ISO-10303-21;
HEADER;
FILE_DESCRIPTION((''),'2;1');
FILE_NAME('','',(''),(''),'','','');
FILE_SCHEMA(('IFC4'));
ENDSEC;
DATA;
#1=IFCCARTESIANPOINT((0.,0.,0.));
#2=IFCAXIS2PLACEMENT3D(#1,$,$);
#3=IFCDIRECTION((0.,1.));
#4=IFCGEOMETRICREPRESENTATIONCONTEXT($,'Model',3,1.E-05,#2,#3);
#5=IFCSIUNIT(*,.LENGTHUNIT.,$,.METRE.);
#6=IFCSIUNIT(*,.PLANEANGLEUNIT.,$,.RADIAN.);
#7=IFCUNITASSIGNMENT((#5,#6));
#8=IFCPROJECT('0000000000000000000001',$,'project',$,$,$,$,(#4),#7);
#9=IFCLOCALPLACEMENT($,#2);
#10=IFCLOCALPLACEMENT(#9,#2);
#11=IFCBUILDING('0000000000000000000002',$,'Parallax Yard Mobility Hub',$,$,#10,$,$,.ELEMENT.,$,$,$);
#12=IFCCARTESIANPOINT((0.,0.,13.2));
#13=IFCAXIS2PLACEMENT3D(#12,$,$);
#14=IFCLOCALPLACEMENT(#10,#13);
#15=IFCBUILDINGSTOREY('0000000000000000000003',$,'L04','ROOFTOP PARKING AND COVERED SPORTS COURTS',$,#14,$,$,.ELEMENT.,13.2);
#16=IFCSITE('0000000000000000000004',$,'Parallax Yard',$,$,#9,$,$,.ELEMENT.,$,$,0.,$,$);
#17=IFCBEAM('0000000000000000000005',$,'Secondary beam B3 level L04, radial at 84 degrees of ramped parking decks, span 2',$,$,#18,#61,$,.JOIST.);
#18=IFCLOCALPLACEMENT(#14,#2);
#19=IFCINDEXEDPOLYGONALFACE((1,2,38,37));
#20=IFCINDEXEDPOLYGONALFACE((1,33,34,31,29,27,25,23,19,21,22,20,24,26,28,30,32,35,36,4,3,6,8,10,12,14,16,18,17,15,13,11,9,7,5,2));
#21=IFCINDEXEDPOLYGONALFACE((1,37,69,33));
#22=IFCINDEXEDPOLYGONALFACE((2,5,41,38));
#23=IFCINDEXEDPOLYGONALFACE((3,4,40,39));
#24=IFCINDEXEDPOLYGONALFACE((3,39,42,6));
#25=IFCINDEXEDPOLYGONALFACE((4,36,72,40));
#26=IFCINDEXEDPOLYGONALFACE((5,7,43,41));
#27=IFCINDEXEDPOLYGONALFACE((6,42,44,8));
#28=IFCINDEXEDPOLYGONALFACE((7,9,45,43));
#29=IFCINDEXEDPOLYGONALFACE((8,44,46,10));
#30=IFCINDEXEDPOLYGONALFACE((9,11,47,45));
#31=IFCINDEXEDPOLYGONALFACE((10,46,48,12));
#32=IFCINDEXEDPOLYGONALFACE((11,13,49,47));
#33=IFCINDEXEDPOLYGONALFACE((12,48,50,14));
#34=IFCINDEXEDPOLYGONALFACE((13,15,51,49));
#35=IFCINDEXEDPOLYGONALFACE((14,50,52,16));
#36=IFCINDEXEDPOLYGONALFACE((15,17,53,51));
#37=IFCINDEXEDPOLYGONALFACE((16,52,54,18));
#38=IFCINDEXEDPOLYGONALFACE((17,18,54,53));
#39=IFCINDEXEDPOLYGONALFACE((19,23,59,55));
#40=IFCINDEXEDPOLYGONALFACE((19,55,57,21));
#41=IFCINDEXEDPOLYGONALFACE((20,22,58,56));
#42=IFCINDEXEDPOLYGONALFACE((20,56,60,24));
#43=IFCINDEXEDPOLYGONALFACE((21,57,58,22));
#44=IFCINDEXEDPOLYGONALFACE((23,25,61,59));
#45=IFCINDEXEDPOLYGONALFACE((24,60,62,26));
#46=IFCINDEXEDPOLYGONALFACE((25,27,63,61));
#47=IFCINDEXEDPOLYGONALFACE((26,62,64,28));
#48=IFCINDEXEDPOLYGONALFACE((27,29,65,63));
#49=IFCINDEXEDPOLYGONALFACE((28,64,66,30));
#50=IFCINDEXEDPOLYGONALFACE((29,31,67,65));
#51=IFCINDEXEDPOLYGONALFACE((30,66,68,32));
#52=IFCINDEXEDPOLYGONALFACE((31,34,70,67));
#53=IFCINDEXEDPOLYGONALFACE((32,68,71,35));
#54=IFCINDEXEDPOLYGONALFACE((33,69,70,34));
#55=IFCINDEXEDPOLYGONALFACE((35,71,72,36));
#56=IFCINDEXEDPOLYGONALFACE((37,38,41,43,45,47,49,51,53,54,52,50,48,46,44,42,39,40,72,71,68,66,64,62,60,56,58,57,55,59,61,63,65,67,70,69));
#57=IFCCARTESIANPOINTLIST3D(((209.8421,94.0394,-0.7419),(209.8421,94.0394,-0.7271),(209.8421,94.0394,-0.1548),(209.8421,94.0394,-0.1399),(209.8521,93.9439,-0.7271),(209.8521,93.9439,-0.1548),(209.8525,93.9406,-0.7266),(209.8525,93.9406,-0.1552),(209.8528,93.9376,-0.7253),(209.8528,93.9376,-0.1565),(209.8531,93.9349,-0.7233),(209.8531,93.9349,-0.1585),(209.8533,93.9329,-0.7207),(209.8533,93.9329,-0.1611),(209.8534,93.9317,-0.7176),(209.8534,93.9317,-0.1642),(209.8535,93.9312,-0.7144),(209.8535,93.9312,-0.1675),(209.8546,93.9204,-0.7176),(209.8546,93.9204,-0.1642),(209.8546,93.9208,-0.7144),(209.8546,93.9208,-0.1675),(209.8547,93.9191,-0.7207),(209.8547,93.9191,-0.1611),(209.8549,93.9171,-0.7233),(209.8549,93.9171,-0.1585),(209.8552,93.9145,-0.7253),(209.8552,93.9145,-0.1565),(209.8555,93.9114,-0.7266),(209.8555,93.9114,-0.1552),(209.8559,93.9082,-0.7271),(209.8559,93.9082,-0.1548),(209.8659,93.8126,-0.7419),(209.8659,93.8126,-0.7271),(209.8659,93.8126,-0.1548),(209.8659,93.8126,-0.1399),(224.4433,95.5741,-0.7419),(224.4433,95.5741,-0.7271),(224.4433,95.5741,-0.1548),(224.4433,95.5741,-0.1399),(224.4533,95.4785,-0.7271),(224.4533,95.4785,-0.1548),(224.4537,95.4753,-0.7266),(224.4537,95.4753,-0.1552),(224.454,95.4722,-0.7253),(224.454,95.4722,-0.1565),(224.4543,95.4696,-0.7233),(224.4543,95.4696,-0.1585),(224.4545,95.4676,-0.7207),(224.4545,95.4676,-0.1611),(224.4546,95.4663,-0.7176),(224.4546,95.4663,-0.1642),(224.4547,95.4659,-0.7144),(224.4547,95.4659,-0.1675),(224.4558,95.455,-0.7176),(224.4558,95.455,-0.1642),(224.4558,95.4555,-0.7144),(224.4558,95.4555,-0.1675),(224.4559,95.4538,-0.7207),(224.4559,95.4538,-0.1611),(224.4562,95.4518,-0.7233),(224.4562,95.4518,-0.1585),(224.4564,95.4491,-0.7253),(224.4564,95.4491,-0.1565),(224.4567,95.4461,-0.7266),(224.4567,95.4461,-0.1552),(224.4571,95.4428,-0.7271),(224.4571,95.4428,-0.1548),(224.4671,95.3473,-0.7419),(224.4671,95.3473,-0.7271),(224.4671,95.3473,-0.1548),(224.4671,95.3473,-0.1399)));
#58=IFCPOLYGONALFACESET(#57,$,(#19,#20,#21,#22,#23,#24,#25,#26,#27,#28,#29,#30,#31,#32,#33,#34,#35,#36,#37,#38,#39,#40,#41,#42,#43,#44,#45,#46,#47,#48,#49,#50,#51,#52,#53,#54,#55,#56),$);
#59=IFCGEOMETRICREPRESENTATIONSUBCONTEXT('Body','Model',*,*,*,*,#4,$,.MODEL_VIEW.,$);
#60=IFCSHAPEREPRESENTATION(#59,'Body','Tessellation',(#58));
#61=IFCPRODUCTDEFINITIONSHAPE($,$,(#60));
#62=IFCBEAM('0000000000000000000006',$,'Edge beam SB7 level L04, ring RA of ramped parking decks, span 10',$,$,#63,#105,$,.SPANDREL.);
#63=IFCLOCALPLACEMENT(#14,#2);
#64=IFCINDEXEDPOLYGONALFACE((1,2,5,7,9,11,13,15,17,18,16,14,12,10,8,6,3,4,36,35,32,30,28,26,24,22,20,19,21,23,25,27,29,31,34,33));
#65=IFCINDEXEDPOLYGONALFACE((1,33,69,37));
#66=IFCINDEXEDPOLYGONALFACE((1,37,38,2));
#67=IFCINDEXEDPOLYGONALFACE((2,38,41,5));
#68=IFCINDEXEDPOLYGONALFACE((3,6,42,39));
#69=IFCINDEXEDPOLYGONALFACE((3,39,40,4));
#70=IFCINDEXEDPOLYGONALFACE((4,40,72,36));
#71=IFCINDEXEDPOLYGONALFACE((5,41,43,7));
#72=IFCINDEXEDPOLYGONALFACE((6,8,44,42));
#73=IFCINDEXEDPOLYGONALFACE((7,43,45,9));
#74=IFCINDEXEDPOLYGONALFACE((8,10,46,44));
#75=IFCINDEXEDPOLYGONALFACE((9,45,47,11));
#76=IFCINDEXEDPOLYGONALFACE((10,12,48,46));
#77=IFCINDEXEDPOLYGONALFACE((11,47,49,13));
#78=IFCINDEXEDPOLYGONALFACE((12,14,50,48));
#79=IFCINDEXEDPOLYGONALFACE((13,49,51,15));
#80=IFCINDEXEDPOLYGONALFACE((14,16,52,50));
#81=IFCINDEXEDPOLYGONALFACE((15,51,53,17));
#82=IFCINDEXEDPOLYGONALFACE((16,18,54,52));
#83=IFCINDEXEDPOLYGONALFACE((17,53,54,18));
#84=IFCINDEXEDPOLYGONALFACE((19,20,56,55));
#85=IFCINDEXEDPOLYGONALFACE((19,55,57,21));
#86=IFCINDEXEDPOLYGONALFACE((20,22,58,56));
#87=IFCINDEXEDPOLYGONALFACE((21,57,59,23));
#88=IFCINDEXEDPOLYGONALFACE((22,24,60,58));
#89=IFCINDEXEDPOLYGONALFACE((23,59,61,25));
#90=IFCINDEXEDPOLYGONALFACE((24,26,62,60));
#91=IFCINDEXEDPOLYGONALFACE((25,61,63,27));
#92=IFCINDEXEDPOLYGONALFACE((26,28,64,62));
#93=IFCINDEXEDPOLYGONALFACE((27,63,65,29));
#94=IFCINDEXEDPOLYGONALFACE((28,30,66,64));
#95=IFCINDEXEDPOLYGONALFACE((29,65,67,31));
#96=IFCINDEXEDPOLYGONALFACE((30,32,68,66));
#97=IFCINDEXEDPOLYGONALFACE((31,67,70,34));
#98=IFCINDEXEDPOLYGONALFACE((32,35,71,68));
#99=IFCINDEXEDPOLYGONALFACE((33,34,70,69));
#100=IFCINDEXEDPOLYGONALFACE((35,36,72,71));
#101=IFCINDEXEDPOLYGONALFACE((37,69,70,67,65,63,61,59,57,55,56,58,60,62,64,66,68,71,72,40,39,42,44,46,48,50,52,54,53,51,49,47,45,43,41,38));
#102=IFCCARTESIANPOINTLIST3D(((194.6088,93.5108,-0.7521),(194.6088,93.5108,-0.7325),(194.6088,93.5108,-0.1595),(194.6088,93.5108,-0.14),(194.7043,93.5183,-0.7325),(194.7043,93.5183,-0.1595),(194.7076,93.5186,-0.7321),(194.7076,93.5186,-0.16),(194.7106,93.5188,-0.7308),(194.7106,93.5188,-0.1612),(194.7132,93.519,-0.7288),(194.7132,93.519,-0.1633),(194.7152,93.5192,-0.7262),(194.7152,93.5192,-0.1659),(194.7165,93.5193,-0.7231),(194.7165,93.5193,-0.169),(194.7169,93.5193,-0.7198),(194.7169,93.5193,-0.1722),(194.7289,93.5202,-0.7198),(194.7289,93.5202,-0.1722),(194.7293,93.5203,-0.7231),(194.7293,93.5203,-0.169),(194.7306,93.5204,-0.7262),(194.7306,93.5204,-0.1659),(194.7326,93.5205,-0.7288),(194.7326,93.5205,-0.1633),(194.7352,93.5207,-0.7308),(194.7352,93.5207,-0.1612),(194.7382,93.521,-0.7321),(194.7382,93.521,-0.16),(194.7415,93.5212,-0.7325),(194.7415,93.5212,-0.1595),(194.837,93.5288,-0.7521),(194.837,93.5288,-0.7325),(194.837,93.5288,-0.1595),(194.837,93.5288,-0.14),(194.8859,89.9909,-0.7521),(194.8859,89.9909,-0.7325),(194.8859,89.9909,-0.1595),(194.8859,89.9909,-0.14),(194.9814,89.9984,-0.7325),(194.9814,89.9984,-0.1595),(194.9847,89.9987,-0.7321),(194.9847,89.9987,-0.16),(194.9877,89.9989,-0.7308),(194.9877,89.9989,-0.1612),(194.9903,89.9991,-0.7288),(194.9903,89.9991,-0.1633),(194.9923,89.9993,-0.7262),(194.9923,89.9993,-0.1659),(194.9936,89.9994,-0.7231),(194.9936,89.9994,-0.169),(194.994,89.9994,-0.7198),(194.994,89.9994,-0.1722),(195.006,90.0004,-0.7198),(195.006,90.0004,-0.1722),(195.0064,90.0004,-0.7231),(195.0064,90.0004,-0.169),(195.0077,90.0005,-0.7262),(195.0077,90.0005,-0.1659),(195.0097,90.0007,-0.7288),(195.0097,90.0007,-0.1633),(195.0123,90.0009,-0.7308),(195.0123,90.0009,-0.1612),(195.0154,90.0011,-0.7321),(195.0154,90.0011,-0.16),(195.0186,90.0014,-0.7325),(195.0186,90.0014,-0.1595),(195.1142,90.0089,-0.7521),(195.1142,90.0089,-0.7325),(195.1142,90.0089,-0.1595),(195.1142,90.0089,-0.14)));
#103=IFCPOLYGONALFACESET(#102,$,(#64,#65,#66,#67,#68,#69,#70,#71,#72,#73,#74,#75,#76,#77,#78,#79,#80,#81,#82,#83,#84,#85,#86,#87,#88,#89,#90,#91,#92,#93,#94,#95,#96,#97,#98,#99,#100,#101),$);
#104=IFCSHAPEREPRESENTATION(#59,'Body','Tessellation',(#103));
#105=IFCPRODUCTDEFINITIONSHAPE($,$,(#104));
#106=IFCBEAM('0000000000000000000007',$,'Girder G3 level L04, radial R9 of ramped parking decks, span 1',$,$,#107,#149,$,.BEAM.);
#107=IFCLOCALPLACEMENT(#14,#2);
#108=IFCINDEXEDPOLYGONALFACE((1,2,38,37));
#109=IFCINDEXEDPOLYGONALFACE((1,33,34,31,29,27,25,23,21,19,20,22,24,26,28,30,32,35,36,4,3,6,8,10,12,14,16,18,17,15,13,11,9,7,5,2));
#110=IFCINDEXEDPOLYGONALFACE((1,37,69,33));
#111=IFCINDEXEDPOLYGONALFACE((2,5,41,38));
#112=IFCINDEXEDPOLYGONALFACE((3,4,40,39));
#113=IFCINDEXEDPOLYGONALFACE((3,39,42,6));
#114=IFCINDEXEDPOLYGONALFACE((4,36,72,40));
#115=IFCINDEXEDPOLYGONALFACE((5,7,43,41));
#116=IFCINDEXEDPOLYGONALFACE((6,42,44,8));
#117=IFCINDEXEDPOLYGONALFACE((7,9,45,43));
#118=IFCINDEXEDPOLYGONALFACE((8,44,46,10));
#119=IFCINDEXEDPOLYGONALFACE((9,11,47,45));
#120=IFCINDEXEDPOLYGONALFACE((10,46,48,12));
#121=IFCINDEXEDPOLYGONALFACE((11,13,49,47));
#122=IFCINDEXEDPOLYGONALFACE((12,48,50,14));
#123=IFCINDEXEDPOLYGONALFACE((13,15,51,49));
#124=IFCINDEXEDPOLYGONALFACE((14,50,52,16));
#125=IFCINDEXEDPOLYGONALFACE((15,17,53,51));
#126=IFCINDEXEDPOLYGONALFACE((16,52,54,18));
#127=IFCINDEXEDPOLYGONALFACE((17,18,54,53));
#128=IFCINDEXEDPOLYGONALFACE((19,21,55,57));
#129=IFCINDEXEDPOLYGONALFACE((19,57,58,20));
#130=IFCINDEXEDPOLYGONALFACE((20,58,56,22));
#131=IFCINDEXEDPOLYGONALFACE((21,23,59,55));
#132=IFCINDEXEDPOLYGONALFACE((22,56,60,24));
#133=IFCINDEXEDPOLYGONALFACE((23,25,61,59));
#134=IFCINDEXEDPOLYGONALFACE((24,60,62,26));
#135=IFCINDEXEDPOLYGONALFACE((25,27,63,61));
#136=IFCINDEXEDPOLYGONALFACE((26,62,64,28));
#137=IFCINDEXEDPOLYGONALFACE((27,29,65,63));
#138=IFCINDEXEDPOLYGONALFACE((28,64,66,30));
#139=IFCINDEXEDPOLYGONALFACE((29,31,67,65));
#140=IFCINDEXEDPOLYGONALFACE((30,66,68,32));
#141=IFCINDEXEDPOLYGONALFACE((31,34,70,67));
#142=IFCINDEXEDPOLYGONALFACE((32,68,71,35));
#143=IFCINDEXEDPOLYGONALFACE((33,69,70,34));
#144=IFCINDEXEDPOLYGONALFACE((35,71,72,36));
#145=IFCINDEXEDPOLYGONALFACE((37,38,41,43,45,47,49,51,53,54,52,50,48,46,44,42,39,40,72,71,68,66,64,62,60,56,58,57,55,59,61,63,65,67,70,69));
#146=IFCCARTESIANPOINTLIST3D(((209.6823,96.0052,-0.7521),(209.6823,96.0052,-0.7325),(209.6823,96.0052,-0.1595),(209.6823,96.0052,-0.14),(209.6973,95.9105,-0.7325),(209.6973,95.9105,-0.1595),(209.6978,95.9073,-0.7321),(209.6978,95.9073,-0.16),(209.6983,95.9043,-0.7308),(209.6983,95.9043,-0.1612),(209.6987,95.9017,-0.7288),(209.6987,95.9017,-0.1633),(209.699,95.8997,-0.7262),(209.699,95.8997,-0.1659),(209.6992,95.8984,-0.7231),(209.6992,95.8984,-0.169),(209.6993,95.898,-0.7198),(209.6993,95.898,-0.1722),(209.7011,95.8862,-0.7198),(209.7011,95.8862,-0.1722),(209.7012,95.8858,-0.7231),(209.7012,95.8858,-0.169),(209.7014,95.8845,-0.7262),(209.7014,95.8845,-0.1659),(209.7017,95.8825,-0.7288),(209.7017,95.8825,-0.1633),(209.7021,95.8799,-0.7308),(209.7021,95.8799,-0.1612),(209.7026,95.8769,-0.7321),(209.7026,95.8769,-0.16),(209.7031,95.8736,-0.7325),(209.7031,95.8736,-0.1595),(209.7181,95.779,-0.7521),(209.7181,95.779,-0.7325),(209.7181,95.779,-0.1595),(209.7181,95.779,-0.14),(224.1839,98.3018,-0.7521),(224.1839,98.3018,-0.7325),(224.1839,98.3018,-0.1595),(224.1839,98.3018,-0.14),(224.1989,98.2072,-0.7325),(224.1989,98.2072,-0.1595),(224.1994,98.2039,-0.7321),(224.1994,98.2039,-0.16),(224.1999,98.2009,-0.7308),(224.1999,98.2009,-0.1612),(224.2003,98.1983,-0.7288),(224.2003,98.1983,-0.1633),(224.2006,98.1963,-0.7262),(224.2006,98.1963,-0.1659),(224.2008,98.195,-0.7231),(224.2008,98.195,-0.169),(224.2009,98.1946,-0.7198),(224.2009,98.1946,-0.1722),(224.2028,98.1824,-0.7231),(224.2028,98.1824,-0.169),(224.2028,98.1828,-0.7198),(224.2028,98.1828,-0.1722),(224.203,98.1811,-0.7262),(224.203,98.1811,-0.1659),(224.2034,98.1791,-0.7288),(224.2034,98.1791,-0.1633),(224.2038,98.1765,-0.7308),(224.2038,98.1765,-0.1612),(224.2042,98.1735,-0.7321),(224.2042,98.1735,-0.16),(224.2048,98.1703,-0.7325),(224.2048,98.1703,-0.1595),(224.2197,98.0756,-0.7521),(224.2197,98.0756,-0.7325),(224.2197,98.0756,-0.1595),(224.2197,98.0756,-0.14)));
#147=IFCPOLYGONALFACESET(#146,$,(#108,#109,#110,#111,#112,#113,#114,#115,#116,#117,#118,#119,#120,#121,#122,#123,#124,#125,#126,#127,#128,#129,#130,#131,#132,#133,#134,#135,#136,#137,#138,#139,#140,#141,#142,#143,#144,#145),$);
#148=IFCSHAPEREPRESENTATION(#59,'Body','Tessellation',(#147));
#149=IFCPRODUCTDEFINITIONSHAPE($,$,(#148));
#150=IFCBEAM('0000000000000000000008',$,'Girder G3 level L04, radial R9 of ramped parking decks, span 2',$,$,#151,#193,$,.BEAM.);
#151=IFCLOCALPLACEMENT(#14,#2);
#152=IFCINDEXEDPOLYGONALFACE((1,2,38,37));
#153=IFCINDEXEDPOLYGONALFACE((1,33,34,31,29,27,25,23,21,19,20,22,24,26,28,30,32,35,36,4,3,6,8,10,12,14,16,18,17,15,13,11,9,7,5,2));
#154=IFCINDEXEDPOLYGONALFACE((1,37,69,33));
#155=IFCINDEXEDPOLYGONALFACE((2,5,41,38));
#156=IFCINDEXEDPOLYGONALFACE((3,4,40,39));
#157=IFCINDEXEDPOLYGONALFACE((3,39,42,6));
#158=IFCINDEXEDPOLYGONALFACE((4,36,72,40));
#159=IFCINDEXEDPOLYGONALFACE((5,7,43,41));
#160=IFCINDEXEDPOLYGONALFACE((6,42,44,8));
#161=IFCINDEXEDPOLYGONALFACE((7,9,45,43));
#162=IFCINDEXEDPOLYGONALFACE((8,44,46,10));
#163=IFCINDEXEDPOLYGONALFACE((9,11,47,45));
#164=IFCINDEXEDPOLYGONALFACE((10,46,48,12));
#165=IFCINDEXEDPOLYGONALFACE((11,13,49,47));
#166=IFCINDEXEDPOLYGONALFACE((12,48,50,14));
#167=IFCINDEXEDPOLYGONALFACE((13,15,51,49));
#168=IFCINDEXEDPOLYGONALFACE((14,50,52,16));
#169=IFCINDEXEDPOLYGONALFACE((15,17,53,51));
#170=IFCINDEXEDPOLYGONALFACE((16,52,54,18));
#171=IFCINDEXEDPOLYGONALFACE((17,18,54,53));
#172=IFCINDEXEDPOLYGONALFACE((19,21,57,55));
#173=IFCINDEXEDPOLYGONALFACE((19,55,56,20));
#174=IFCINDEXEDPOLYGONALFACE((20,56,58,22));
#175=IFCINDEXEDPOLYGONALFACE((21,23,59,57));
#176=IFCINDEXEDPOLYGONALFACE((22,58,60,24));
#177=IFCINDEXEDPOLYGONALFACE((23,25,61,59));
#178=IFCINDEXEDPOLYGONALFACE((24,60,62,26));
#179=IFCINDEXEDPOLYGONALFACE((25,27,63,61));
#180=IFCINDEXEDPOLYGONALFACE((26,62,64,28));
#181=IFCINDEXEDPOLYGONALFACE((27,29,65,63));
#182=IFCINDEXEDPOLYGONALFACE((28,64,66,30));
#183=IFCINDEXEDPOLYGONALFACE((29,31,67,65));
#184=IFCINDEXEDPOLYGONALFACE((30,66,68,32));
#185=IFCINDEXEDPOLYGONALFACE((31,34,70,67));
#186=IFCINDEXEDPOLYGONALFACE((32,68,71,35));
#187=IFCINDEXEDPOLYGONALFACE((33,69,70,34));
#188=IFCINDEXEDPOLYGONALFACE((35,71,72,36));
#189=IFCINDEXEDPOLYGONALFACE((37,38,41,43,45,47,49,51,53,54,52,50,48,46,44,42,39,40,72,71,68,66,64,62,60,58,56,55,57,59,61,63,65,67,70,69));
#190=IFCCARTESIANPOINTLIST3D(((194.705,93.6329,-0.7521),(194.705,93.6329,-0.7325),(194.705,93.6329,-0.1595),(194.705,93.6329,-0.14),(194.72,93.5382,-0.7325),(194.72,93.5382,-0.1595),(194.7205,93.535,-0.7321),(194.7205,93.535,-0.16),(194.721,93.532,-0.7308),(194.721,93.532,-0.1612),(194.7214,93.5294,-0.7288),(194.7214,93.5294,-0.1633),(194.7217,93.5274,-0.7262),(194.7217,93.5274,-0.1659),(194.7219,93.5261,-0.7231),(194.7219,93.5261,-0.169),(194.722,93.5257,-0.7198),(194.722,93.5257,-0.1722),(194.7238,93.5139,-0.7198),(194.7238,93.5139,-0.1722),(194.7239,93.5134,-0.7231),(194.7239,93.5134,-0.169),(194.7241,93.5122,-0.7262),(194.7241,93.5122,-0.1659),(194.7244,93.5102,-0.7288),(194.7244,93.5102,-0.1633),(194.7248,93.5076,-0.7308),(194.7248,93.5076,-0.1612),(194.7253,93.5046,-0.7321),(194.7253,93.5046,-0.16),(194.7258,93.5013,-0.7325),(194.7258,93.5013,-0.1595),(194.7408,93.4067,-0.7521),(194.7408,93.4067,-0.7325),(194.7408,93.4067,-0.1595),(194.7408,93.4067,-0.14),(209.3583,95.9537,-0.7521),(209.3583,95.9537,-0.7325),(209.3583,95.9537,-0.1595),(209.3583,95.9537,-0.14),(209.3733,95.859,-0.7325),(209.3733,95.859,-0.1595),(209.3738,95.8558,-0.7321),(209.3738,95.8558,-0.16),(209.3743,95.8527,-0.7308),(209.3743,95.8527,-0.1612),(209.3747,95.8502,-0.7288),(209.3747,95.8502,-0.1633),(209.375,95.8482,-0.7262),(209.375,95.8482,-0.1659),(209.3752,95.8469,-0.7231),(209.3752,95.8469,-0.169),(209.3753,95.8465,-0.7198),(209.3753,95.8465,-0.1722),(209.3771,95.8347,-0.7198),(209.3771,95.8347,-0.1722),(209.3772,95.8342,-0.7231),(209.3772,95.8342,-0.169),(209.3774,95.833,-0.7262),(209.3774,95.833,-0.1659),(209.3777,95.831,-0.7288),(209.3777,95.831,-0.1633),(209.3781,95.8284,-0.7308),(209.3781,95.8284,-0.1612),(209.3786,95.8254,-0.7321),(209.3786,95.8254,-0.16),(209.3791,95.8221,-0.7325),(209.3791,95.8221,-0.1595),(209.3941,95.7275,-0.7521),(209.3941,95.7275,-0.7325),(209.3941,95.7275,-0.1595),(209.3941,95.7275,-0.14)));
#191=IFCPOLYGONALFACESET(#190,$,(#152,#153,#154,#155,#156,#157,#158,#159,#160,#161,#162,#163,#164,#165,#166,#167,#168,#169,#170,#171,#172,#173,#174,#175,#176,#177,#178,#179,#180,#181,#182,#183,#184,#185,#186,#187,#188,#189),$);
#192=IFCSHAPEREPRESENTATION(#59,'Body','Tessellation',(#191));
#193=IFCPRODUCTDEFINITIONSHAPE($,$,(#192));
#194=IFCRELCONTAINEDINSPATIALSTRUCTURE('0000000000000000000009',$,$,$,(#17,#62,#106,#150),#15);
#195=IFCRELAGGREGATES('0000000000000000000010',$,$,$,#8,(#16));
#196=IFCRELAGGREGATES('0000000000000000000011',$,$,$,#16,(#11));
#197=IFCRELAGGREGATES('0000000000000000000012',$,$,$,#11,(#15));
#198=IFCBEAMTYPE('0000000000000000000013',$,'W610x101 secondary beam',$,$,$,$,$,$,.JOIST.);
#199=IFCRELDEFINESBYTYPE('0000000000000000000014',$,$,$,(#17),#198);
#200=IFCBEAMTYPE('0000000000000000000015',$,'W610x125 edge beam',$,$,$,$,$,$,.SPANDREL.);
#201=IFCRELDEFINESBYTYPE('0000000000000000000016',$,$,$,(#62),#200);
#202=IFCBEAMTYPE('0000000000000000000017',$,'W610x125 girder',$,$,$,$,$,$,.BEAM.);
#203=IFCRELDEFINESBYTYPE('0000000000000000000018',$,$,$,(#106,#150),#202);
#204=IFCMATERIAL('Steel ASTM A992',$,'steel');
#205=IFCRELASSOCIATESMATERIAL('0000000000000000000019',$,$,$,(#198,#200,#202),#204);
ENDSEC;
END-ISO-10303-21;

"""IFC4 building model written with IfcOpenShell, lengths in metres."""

from ifc_helpers import new_model, si_unit, direction, frame, origin, origin_2d, place, context, subcontext, project, spatial, i_section, extrude, material, material_profile, profile_set, type_object, element, save


model = new_model("IFC4")

# Units and contexts
model_context = context("Model", 3, precision=1e-05, world=origin(), true_north=direction((0.0, 1.0)))
body_context = subcontext(model_context, "Body", "Model", "MODEL_VIEW")
ifc_project = project(units=[si_unit("LENGTHUNIT", "METRE"), si_unit("PLANEANGLEUNIT", "RADIAN")], contexts=[model_context])

# Site, building, storey
site_placement = place(None, origin())
site = spatial("IfcSite", under=ifc_project, at=site_placement, Name="Parallax Yard", CompositionType="ELEMENT", RefElevation=0.0)
building_placement = place(site_placement, origin())
building = spatial("IfcBuilding", under=site, at=building_placement, Name="Parallax Yard Mobility Hub", CompositionType="ELEMENT")
storey_placement = place(building_placement, frame((0.0, 0.0, 13.2)))
storey = spatial("IfcBuildingStorey", under=building, at=storey_placement, Name="L04", Description="ROOFTOP PARKING AND COVERED SPORTS COURTS", CompositionType="ELEMENT", Elevation=13.2)

# Shared definitions
ifc_material_1 = material(Name="Steel ASTM A992", Category="steel")

# Beams
ifc_material_profile_1 = material_profile(ifc_material_1, i_section(OverallWidth=0.228, OverallDepth=0.6021, WebThickness=0.0105, FlangeThickness=0.0149, FilletRadius=0.0127, at=origin_2d()), Name="W610x101")
ifc_profile_set_1 = profile_set([ifc_material_profile_1], Name="Steel ASTM A992")
beam_type_1 = type_object("IfcBeamType", Name="W610x101 secondary beam", PredefinedType="JOIST", material=ifc_profile_set_1)
beam_1_placement = place(storey_placement, frame((209.854, 93.926, -0.4409), z_axis=(0.994522, 0.104529, 0.0), x_axis=(-0.104529, 0.994522, 0.0)))
element("IfcBeam", 1, at=beam_1_placement, inside=storey, type_object=beam_type_1, Name="Secondary beam B3 level L04, radial at 84 degrees of ramped parking decks, span 2", PredefinedType="JOIST", context=body_context, shape_type="SweptSolid", body=[
    extrude(i_section(OverallWidth=0.228, OverallDepth=0.6021, WebThickness=0.0105, FlangeThickness=0.0149, FilletRadius=0.0127, at=origin_2d()), origin(), (0.0, 0.0, 1.0), 14.6816),
])
ifc_material_profile_2 = material_profile(ifc_material_1, i_section(OverallWidth=0.229, OverallDepth=0.6121, WebThickness=0.012, FlangeThickness=0.0195, FilletRadius=0.0127, at=origin_2d()), Name="W610x125")
ifc_profile_set_2 = profile_set([ifc_material_profile_2], Name="Steel ASTM A992")
beam_type_2 = type_object("IfcBeamType", Name="W610x125 edge beam", PredefinedType="SPANDREL", material=ifc_profile_set_2)
beam_2_placement = place(storey_placement, frame((194.7229, 93.5198, -0.446), z_axis=(0.078484, -0.996915, 0.0), x_axis=(0.996915, 0.078484, 0.0)))
element("IfcBeam", 2, at=beam_2_placement, inside=storey, type_object=beam_type_2, Name="Edge beam SB7 level L04, ring RA of ramped parking decks, span 10", PredefinedType="SPANDREL", context=body_context, shape_type="SweptSolid", body=[
    extrude(i_section(OverallWidth=0.229, OverallDepth=0.6121, WebThickness=0.012, FlangeThickness=0.0195, FilletRadius=0.0127, at=origin_2d()), origin(), (0.0, 0.0, 1.0), 3.5308),
])
ifc_material_profile_3 = material_profile(ifc_material_1, i_section(OverallWidth=0.229, OverallDepth=0.6121, WebThickness=0.012, FlangeThickness=0.0195, FilletRadius=0.0127, at=origin_2d()), Name="W610x125")
ifc_profile_set_3 = profile_set([ifc_material_profile_3], Name="Steel ASTM A992")
beam_type_3 = type_object("IfcBeamType", Name="W610x125 girder", PredefinedType="BEAM", material=ifc_profile_set_3)
beam_3_placement = place(storey_placement, frame((209.7002, 95.8921, -0.446), z_axis=(0.987691, 0.15642, 0.0), x_axis=(-0.15642, 0.987691, 0.0)))
element("IfcBeam", 3, at=beam_3_placement, inside=storey, type_object=beam_type_3, Name="Girder G3 level L04, radial R9 of ramped parking decks, span 1", PredefinedType="BEAM", context=body_context, shape_type="SweptSolid", body=[
    extrude(i_section(OverallWidth=0.229, OverallDepth=0.6121, WebThickness=0.012, FlangeThickness=0.0195, FilletRadius=0.0127, at=origin_2d()), origin(), (0.0, 0.0, 1.0), 14.6824),
])
beam_4_placement = place(storey_placement, frame((194.7229, 93.5198, -0.446), z_axis=(0.987689, 0.156431, 0.0), x_axis=(-0.156431, 0.987689, 0.0)))
element("IfcBeam", 4, at=beam_4_placement, inside=storey, type_object=beam_type_3, Name="Girder G3 level L04, radial R9 of ramped parking decks, span 2", PredefinedType="BEAM", context=body_context, shape_type="SweptSolid", body=[
    extrude(i_section(OverallWidth=0.229, OverallDepth=0.6121, WebThickness=0.012, FlangeThickness=0.0195, FilletRadius=0.0127, at=origin_2d()), origin(), (0.0, 0.0, 1.0), 14.8359),
])

save(model, "model.ifc")
